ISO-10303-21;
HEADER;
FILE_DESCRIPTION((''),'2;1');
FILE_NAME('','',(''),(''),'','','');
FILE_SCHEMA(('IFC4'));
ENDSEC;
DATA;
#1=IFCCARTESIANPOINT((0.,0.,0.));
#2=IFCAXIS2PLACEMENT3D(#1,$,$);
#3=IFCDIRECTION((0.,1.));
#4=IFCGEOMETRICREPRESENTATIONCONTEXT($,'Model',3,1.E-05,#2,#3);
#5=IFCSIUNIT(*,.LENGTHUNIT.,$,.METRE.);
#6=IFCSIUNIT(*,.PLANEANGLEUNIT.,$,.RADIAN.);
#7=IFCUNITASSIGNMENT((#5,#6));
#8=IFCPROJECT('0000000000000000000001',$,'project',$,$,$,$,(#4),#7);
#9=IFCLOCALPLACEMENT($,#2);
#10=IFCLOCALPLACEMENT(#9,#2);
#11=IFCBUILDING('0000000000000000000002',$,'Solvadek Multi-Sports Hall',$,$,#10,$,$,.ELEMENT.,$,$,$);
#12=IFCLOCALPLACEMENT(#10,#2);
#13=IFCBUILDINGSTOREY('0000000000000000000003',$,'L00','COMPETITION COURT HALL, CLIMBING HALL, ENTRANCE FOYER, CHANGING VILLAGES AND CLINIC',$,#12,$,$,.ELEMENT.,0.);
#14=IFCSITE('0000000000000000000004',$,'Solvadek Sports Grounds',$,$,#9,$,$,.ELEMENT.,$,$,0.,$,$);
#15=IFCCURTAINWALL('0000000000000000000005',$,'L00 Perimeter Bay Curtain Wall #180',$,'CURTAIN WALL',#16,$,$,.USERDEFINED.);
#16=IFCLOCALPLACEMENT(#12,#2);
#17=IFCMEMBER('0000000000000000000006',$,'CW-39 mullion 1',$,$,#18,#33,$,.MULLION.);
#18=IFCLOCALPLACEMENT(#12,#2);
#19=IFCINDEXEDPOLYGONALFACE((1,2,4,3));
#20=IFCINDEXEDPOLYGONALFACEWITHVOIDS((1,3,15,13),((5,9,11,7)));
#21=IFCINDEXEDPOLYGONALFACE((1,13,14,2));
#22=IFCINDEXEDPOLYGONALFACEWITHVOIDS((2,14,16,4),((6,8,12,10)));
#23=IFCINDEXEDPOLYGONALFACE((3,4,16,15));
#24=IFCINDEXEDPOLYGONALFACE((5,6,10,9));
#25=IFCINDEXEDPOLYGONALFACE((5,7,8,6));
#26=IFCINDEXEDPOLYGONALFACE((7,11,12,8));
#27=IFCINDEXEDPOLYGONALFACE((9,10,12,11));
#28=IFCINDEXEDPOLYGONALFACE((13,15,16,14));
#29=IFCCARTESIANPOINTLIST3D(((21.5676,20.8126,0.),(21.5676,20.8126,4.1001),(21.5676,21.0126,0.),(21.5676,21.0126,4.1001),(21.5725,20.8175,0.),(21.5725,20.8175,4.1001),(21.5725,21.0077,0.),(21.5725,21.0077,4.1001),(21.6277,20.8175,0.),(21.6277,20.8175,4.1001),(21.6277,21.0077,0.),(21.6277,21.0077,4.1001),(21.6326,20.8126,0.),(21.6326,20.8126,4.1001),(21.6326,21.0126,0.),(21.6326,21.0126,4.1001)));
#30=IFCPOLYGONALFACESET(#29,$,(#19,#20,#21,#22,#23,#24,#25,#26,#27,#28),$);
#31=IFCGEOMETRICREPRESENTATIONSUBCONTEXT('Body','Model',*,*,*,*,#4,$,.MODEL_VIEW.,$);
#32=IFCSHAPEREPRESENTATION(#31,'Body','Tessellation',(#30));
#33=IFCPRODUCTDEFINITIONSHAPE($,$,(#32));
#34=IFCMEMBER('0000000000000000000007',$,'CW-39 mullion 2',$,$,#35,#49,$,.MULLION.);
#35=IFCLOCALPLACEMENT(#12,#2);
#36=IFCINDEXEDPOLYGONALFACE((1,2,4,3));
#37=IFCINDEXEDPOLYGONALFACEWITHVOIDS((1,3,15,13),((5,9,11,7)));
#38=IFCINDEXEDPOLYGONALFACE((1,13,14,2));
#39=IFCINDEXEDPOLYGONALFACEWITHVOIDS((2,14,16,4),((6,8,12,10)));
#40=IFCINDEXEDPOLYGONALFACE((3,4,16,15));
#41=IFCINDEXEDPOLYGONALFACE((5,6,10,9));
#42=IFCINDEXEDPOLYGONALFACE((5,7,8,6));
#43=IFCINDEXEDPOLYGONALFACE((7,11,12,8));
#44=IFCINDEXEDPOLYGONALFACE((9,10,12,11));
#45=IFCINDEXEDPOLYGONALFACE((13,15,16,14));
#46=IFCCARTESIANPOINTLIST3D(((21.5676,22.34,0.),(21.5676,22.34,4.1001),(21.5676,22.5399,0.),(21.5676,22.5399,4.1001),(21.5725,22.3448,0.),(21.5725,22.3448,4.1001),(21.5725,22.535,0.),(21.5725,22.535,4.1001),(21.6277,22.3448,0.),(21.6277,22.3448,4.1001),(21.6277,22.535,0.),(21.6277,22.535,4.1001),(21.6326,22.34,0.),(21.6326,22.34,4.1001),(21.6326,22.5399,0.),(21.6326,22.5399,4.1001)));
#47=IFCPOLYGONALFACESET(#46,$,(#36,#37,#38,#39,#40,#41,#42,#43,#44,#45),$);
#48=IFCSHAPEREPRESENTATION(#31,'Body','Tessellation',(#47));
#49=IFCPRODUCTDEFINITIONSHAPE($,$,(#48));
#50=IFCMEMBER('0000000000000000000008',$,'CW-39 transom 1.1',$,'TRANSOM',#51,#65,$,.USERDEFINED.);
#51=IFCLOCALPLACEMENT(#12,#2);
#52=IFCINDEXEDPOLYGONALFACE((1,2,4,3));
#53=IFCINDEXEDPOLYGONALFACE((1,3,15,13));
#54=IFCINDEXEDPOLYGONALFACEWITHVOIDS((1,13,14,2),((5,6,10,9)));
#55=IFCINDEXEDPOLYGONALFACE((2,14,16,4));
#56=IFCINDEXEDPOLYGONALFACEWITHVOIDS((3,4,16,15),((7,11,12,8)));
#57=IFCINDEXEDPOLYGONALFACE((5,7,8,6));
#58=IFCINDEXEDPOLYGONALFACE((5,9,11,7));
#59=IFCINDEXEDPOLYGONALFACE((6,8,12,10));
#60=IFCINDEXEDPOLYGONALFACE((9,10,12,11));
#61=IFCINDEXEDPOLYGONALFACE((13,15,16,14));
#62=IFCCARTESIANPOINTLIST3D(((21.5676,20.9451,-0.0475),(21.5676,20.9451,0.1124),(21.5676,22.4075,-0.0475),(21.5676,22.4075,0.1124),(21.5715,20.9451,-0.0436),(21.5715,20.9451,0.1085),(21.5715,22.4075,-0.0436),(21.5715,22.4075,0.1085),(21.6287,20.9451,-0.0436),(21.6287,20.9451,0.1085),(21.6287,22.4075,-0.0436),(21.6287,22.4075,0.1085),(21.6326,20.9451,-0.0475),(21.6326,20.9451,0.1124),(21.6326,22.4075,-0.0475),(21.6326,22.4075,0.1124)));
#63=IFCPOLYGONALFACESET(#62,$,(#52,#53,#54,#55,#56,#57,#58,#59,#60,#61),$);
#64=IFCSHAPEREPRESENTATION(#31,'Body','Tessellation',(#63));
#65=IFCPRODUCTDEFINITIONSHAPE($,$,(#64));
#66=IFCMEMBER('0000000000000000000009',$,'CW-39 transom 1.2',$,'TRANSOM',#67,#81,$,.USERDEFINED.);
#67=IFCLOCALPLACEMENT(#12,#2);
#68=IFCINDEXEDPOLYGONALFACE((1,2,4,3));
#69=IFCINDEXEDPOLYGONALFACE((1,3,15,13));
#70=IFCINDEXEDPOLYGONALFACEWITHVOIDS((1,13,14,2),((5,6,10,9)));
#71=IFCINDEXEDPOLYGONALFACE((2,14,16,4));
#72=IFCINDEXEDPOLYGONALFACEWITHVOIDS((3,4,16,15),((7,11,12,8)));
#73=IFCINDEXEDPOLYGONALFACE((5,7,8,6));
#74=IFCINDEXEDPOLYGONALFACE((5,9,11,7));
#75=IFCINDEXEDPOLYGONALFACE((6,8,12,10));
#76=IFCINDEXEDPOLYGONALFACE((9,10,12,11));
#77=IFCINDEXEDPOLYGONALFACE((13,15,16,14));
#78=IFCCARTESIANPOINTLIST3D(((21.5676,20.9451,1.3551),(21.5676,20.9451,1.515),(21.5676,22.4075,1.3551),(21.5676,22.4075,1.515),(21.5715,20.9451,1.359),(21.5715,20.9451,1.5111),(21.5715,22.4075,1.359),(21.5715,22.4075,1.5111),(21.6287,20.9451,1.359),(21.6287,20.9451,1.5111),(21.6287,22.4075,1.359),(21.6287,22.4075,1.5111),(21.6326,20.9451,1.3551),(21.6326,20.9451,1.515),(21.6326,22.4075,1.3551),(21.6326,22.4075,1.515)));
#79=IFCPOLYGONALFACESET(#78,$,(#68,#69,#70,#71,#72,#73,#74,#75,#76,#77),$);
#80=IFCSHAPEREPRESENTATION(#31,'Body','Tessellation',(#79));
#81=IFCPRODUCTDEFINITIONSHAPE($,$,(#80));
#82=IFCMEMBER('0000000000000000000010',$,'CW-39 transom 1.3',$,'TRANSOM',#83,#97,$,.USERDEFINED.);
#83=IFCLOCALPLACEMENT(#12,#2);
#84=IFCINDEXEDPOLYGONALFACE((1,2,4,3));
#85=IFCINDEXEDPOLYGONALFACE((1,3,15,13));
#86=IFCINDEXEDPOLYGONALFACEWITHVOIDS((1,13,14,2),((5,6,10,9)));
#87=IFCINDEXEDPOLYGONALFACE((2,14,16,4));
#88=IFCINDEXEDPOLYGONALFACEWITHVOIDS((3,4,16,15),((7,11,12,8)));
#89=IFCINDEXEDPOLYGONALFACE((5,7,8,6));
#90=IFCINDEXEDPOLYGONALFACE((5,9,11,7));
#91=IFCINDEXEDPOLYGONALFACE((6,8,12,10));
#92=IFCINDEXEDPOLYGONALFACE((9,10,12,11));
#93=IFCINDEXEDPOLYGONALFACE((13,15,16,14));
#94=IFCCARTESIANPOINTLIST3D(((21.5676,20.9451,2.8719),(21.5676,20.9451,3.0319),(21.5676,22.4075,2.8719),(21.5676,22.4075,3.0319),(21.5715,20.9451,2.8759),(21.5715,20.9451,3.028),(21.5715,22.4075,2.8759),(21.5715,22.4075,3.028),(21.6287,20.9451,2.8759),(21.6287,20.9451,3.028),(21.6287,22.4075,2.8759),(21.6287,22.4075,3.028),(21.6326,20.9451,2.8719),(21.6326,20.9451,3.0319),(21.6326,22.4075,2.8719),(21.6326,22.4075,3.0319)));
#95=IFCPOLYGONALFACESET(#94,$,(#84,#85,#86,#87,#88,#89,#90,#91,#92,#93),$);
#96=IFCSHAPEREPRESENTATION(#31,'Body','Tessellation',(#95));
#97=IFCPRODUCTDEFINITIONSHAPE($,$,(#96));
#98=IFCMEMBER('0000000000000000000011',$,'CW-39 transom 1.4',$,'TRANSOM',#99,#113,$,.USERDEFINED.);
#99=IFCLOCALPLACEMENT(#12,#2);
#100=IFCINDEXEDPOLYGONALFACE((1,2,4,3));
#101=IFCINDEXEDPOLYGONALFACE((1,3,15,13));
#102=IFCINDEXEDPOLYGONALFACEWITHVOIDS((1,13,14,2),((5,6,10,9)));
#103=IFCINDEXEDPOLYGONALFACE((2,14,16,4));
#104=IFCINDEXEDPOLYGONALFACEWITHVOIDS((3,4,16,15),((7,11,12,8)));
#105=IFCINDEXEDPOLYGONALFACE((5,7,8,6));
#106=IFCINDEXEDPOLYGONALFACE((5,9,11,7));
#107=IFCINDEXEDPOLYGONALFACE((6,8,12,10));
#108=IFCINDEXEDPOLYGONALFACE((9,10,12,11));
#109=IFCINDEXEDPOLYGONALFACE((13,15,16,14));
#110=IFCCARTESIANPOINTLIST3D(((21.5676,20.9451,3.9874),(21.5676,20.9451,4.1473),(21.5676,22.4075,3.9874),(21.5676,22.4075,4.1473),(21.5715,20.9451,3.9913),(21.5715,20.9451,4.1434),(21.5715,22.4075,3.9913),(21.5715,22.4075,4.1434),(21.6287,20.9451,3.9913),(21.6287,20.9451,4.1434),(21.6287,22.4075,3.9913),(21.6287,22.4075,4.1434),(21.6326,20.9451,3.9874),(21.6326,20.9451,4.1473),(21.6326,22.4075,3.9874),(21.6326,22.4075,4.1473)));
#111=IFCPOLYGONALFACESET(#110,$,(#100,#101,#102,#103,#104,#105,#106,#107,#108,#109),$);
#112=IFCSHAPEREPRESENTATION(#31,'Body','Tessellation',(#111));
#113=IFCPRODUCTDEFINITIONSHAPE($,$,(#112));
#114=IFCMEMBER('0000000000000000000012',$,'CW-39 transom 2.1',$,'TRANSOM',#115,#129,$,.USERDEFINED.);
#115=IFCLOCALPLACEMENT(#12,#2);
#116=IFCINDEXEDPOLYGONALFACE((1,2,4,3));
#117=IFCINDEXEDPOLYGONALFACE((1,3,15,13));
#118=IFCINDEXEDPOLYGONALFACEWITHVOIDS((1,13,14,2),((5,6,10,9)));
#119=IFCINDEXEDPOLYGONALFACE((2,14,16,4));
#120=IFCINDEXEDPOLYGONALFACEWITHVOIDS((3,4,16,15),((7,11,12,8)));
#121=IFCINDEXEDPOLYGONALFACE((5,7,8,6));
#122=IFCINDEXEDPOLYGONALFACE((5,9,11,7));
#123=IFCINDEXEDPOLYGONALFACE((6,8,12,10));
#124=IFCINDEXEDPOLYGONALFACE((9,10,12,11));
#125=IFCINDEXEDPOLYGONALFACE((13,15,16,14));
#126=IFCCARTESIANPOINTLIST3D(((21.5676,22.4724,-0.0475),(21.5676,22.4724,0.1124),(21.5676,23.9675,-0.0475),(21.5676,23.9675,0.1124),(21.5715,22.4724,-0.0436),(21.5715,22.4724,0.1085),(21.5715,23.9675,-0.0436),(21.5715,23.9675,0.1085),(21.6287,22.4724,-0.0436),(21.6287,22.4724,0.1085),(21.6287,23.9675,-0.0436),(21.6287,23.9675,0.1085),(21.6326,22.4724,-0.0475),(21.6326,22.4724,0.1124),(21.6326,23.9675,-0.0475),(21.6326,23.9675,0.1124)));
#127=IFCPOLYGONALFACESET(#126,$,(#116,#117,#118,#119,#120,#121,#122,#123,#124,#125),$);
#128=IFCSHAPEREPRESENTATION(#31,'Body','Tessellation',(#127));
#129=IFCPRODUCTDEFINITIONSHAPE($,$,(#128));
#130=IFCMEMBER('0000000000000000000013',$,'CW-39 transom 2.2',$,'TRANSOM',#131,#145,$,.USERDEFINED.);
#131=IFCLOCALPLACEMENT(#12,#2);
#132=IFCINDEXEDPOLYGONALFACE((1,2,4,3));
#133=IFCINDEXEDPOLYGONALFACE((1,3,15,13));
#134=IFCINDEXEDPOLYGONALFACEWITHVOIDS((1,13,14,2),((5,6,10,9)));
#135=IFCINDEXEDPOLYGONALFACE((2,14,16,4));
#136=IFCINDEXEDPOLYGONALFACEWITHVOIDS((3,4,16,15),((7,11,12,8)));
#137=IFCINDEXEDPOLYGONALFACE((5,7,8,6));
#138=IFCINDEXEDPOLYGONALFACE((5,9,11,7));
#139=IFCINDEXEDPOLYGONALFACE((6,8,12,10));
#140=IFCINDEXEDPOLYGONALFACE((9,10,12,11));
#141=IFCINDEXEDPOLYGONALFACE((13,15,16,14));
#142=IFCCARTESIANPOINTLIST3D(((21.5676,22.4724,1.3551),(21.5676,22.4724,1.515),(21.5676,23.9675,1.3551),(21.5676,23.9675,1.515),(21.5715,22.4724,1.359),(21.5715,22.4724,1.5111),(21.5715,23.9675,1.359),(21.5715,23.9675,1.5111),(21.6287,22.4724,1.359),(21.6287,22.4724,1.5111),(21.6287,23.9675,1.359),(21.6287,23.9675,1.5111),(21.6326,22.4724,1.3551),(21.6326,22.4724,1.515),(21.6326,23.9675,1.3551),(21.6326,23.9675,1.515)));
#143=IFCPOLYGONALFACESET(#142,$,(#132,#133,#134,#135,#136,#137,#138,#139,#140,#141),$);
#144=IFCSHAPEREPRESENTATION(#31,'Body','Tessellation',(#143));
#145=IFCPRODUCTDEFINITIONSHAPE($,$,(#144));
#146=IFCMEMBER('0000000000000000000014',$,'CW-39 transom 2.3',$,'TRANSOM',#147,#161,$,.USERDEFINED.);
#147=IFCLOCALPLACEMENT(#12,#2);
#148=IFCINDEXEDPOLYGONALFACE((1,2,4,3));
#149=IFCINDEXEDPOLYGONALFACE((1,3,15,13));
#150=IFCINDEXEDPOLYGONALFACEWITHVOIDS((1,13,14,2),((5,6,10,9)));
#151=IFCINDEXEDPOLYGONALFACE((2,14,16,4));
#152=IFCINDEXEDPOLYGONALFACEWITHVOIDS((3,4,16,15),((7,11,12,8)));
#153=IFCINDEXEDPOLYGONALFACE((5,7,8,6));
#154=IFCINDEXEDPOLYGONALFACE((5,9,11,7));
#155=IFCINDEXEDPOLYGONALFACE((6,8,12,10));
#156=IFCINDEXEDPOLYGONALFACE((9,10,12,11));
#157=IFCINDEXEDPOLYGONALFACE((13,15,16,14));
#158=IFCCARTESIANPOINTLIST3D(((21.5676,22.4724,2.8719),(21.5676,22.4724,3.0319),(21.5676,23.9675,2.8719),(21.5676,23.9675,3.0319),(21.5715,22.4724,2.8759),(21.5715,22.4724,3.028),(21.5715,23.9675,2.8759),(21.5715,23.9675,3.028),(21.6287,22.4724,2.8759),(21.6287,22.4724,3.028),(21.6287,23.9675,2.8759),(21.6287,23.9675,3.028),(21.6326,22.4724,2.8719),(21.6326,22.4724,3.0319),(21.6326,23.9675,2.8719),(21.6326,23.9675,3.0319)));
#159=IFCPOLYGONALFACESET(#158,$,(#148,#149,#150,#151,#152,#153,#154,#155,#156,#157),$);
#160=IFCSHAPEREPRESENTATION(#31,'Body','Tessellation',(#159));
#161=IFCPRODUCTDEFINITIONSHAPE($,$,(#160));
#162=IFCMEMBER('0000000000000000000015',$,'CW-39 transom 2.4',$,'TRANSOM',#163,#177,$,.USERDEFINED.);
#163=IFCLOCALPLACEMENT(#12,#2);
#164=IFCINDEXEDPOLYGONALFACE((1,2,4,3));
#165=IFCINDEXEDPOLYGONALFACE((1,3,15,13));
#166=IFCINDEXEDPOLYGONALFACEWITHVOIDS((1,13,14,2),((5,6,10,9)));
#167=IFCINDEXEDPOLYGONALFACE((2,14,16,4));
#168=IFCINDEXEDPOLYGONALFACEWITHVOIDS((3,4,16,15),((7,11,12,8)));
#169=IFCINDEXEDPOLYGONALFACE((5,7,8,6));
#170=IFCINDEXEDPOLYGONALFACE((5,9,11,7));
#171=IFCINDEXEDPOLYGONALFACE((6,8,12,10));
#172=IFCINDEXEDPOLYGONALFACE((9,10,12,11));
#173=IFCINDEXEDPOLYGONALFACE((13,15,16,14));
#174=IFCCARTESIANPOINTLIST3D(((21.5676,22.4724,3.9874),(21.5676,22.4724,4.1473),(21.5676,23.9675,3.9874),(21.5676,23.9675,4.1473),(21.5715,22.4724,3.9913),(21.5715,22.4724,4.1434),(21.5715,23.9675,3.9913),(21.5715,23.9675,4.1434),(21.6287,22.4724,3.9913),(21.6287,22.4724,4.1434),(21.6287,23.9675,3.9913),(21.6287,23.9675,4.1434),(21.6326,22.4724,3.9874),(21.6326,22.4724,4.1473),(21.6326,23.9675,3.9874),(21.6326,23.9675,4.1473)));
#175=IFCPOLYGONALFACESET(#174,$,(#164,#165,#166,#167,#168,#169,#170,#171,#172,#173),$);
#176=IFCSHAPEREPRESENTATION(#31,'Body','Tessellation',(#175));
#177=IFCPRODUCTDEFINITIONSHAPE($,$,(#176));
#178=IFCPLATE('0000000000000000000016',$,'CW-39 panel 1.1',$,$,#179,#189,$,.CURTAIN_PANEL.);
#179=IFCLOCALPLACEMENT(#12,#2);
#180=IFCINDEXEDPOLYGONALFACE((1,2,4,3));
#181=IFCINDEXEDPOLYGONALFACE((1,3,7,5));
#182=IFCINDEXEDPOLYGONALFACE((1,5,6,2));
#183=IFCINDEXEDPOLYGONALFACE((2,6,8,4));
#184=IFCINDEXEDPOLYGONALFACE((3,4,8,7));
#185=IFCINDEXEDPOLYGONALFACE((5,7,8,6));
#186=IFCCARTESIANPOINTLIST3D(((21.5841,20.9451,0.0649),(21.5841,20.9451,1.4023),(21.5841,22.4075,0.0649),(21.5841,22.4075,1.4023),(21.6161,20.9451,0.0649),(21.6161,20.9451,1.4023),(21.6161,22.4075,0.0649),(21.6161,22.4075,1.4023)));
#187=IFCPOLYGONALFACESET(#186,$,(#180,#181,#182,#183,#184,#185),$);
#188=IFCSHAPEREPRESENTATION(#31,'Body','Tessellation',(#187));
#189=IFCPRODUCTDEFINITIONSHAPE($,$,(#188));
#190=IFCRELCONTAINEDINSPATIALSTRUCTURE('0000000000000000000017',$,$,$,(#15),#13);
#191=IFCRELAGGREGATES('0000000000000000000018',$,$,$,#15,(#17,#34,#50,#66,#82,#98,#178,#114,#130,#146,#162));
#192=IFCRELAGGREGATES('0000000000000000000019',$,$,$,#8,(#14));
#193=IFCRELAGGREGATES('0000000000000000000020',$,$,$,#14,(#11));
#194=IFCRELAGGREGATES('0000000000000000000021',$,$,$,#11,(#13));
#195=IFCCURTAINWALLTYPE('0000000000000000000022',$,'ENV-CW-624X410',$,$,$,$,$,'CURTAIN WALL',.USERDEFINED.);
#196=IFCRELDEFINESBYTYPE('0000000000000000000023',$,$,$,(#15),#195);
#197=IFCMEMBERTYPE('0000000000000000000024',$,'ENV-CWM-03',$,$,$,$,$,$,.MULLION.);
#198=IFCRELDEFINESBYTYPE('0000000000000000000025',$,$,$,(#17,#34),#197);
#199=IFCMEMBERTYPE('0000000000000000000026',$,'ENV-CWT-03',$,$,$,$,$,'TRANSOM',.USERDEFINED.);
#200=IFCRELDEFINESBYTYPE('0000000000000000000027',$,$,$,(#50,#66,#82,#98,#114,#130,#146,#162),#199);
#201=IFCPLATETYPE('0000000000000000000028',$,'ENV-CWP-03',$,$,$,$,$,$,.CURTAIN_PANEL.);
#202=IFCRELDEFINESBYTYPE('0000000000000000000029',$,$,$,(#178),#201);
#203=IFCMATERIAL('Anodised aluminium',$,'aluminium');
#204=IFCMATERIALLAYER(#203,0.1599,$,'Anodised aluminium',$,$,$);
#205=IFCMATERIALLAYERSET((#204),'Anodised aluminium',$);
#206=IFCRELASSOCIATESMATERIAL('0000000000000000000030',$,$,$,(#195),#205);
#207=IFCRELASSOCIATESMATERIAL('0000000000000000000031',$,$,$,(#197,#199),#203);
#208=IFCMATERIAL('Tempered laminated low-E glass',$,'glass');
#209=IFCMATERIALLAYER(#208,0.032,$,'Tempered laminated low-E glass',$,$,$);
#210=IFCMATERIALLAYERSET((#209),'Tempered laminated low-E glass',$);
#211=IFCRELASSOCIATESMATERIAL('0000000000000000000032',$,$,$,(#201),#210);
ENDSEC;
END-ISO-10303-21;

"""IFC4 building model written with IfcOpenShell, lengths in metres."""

from ifc_helpers import new_model, si_unit, direction, frame, origin, origin_2d, place, context, subcontext, project, spatial, rectangle, hollow_rectangle, extrude, material, layer, layer_set, material_profile, profile_set, type_object, element, aggregate, save


model = new_model("IFC4")

# Units and contexts
model_context = context("Model", 3, precision=1e-05, world=origin(), true_north=direction((0.0, 1.0)))
body_context = subcontext(model_context, "Body", "Model", "MODEL_VIEW")
ifc_project = project(units=[si_unit("LENGTHUNIT", "METRE"), si_unit("PLANEANGLEUNIT", "RADIAN")], contexts=[model_context])

# Site, building, storey
site_placement = place(None, origin())
site = spatial("IfcSite", under=ifc_project, at=site_placement, Name="Solvadek Sports Grounds", CompositionType="ELEMENT", RefElevation=0.0)
building_placement = place(site_placement, origin())
building = spatial("IfcBuilding", under=site, at=building_placement, Name="Solvadek Multi-Sports Hall", CompositionType="ELEMENT")
storey_placement = place(building_placement, origin())
storey = spatial("IfcBuildingStorey", under=building, at=storey_placement, Name="L00", Description="COMPETITION COURT HALL, CLIMBING HALL, ENTRANCE FOYER, CHANGING VILLAGES AND CLINIC", CompositionType="ELEMENT", Elevation=0.0)

# Curtain wall, members, plate
ifc_material_1 = material(Name="Anodised aluminium", Category="aluminium")
ifc_layer_1 = layer(ifc_material_1, 0.1599, Name="Anodised aluminium")
ifc_layer_set_1 = layer_set([ifc_layer_1], Name="Anodised aluminium")
curtain_wall_type = type_object("IfcCurtainWallType", Name="ENV-CW-624X410", ElementType="CURTAIN WALL", PredefinedType="USERDEFINED", material=ifc_layer_set_1)
curtain_wall_placement = place(storey_placement, origin())
curtain_wall = element("IfcCurtainWall", 1, at=curtain_wall_placement, inside=storey, type_object=curtain_wall_type, Name="L00 Perimeter Bay Curtain Wall #180", ObjectType="CURTAIN WALL", PredefinedType="USERDEFINED")
ifc_material_profile_1 = material_profile(ifc_material_1, hollow_rectangle(XDim=0.0649, YDim=0.2, WallThickness=0.0049, at=origin_2d()), Name="ALU-M 200x65x5")
ifc_profile_set_1 = profile_set([ifc_material_profile_1], Name="Anodised aluminium")
member_type_1 = type_object("IfcMemberType", Name="ENV-CWM-03", PredefinedType="MULLION", material=ifc_profile_set_1)
member_1_placement = place(storey_placement, frame((21.6001, 20.9126, 0.0), z_axis=(0.0, 0.0, 1.0), x_axis=(-1.0, 0.0, 0.0)))
member_1 = element("IfcMember", 2, at=member_1_placement, type_object=member_type_1, Name="CW-39 mullion 1", PredefinedType="MULLION", context=body_context, shape_type="SweptSolid", body=[
    extrude(hollow_rectangle(XDim=0.0649, YDim=0.2, WallThickness=0.0049, at=origin_2d()), origin(), (0.0, 0.0, 1.0), 4.1001),
])
member_2_placement = place(storey_placement, frame((21.6001, 22.4399, 0.0), z_axis=(0.0, 0.0, 1.0), x_axis=(-1.0, 0.0, 0.0)))
member_2 = element("IfcMember", 3, at=member_2_placement, type_object=member_type_1, Name="CW-39 mullion 2", PredefinedType="MULLION", context=body_context, shape_type="SweptSolid", body=[
    extrude(hollow_rectangle(XDim=0.0649, YDim=0.2, WallThickness=0.0049, at=origin_2d()), origin(), (0.0, 0.0, 1.0), 4.1001),
])
ifc_material_profile_2 = material_profile(ifc_material_1, hollow_rectangle(XDim=0.0649, YDim=0.1599, WallThickness=0.0039, at=origin_2d()), Name="ALU-T 160x65x4")
ifc_profile_set_2 = profile_set([ifc_material_profile_2], Name="Anodised aluminium")
member_type_2 = type_object("IfcMemberType", Name="ENV-CWT-03", ElementType="TRANSOM", PredefinedType="USERDEFINED", material=ifc_profile_set_2)
member_3_placement = place(storey_placement, frame((21.6001, 20.9451, 0.0325), z_axis=(0.0, 1.0, 0.0), x_axis=(-1.0, 0.0, 0.0)))
member_3 = element("IfcMember", 4, at=member_3_placement, type_object=member_type_2, Name="CW-39 transom 1.1", ObjectType="TRANSOM", PredefinedType="USERDEFINED", context=body_context, shape_type="SweptSolid", body=[
    extrude(hollow_rectangle(XDim=0.0649, YDim=0.1599, WallThickness=0.0039, at=origin_2d()), origin(), (0.0, 0.0, 1.0), 1.4624),
])
member_4_placement = place(storey_placement, frame((21.6001, 20.9451, 1.4351), z_axis=(0.0, 1.0, 0.0), x_axis=(-1.0, 0.0, 0.0)))
member_4 = element("IfcMember", 5, at=member_4_placement, type_object=member_type_2, Name="CW-39 transom 1.2", ObjectType="TRANSOM", PredefinedType="USERDEFINED", context=body_context, shape_type="SweptSolid", body=[
    extrude(hollow_rectangle(XDim=0.0649, YDim=0.1599, WallThickness=0.0039, at=origin_2d()), origin(), (0.0, 0.0, 1.0), 1.4624),
])
member_5_placement = place(storey_placement, frame((21.6001, 20.9451, 2.9519), z_axis=(0.0, 1.0, 0.0), x_axis=(-1.0, 0.0, 0.0)))
member_5 = element("IfcMember", 6, at=member_5_placement, type_object=member_type_2, Name="CW-39 transom 1.3", ObjectType="TRANSOM", PredefinedType="USERDEFINED", context=body_context, shape_type="SweptSolid", body=[
    extrude(hollow_rectangle(XDim=0.0649, YDim=0.1599, WallThickness=0.0039, at=origin_2d()), origin(), (0.0, 0.0, 1.0), 1.4624),
])
member_6_placement = place(storey_placement, frame((21.6001, 20.9451, 4.0674), z_axis=(0.0, 1.0, 0.0), x_axis=(-1.0, 0.0, 0.0)))
member_6 = element("IfcMember", 7, at=member_6_placement, type_object=member_type_2, Name="CW-39 transom 1.4", ObjectType="TRANSOM", PredefinedType="USERDEFINED", context=body_context, shape_type="SweptSolid", body=[
    extrude(hollow_rectangle(XDim=0.0649, YDim=0.1599, WallThickness=0.0039, at=origin_2d()), origin(), (0.0, 0.0, 1.0), 1.4624),
])
member_7_placement = place(storey_placement, frame((21.6001, 22.4724, 0.0325), z_axis=(0.0, 1.0, 0.0), x_axis=(-1.0, 0.0, 0.0)))
member_7 = element("IfcMember", 8, at=member_7_placement, type_object=member_type_2, Name="CW-39 transom 2.1", ObjectType="TRANSOM", PredefinedType="USERDEFINED", context=body_context, shape_type="SweptSolid", body=[
    extrude(hollow_rectangle(XDim=0.0649, YDim=0.1599, WallThickness=0.0039, at=origin_2d()), origin(), (0.0, 0.0, 1.0), 1.4951),
])
member_8_placement = place(storey_placement, frame((21.6001, 22.4724, 1.4351), z_axis=(0.0, 1.0, 0.0), x_axis=(-1.0, 0.0, 0.0)))
member_8 = element("IfcMember", 9, at=member_8_placement, type_object=member_type_2, Name="CW-39 transom 2.2", ObjectType="TRANSOM", PredefinedType="USERDEFINED", context=body_context, shape_type="SweptSolid", body=[
    extrude(hollow_rectangle(XDim=0.0649, YDim=0.1599, WallThickness=0.0039, at=origin_2d()), origin(), (0.0, 0.0, 1.0), 1.4951),
])
member_9_placement = place(storey_placement, frame((21.6001, 22.4724, 2.9519), z_axis=(0.0, 1.0, 0.0), x_axis=(-1.0, 0.0, 0.0)))
member_9 = element("IfcMember", 10, at=member_9_placement, type_object=member_type_2, Name="CW-39 transom 2.3", ObjectType="TRANSOM", PredefinedType="USERDEFINED", context=body_context, shape_type="SweptSolid", body=[
    extrude(hollow_rectangle(XDim=0.0649, YDim=0.1599, WallThickness=0.0039, at=origin_2d()), origin(), (0.0, 0.0, 1.0), 1.4951),
])
member_10_placement = place(storey_placement, frame((21.6001, 22.4724, 4.0674), z_axis=(0.0, 1.0, 0.0), x_axis=(-1.0, 0.0, 0.0)))
member_10 = element("IfcMember", 11, at=member_10_placement, type_object=member_type_2, Name="CW-39 transom 2.4", ObjectType="TRANSOM", PredefinedType="USERDEFINED", context=body_context, shape_type="SweptSolid", body=[
    extrude(hollow_rectangle(XDim=0.0649, YDim=0.1599, WallThickness=0.0039, at=origin_2d()), origin(), (0.0, 0.0, 1.0), 1.4951),
])
ifc_material_2 = material(Name="Tempered laminated low-E glass", Category="glass")
ifc_layer_2 = layer(ifc_material_2, 0.032, Name="Tempered laminated low-E glass")
ifc_layer_set_2 = layer_set([ifc_layer_2], Name="Tempered laminated low-E glass")
plate_type = type_object("IfcPlateType", Name="ENV-CWP-03", PredefinedType="CURTAIN_PANEL", material=ifc_layer_set_2)
plate_1_placement = place(storey_placement, frame((21.6001, 21.6763, 0.0649), z_axis=(0.0, 0.0, 1.0), x_axis=(0.0, 1.0, 0.0)))
plate_1 = element("IfcPlate", 12, at=plate_1_placement, type_object=plate_type, Name="CW-39 panel 1.1", PredefinedType="CURTAIN_PANEL", context=body_context, shape_type="SweptSolid", body=[
    extrude(rectangle(XDim=1.4624, YDim=0.032, at=origin_2d()), origin(), (0.0, 0.0, 1.0), 1.3374),
])
aggregate(curtain_wall, [member_1, member_2, member_3, member_4, member_5, member_6, plate_1, member_7, member_8, member_9, member_10])

save(model, "model.ifc")
